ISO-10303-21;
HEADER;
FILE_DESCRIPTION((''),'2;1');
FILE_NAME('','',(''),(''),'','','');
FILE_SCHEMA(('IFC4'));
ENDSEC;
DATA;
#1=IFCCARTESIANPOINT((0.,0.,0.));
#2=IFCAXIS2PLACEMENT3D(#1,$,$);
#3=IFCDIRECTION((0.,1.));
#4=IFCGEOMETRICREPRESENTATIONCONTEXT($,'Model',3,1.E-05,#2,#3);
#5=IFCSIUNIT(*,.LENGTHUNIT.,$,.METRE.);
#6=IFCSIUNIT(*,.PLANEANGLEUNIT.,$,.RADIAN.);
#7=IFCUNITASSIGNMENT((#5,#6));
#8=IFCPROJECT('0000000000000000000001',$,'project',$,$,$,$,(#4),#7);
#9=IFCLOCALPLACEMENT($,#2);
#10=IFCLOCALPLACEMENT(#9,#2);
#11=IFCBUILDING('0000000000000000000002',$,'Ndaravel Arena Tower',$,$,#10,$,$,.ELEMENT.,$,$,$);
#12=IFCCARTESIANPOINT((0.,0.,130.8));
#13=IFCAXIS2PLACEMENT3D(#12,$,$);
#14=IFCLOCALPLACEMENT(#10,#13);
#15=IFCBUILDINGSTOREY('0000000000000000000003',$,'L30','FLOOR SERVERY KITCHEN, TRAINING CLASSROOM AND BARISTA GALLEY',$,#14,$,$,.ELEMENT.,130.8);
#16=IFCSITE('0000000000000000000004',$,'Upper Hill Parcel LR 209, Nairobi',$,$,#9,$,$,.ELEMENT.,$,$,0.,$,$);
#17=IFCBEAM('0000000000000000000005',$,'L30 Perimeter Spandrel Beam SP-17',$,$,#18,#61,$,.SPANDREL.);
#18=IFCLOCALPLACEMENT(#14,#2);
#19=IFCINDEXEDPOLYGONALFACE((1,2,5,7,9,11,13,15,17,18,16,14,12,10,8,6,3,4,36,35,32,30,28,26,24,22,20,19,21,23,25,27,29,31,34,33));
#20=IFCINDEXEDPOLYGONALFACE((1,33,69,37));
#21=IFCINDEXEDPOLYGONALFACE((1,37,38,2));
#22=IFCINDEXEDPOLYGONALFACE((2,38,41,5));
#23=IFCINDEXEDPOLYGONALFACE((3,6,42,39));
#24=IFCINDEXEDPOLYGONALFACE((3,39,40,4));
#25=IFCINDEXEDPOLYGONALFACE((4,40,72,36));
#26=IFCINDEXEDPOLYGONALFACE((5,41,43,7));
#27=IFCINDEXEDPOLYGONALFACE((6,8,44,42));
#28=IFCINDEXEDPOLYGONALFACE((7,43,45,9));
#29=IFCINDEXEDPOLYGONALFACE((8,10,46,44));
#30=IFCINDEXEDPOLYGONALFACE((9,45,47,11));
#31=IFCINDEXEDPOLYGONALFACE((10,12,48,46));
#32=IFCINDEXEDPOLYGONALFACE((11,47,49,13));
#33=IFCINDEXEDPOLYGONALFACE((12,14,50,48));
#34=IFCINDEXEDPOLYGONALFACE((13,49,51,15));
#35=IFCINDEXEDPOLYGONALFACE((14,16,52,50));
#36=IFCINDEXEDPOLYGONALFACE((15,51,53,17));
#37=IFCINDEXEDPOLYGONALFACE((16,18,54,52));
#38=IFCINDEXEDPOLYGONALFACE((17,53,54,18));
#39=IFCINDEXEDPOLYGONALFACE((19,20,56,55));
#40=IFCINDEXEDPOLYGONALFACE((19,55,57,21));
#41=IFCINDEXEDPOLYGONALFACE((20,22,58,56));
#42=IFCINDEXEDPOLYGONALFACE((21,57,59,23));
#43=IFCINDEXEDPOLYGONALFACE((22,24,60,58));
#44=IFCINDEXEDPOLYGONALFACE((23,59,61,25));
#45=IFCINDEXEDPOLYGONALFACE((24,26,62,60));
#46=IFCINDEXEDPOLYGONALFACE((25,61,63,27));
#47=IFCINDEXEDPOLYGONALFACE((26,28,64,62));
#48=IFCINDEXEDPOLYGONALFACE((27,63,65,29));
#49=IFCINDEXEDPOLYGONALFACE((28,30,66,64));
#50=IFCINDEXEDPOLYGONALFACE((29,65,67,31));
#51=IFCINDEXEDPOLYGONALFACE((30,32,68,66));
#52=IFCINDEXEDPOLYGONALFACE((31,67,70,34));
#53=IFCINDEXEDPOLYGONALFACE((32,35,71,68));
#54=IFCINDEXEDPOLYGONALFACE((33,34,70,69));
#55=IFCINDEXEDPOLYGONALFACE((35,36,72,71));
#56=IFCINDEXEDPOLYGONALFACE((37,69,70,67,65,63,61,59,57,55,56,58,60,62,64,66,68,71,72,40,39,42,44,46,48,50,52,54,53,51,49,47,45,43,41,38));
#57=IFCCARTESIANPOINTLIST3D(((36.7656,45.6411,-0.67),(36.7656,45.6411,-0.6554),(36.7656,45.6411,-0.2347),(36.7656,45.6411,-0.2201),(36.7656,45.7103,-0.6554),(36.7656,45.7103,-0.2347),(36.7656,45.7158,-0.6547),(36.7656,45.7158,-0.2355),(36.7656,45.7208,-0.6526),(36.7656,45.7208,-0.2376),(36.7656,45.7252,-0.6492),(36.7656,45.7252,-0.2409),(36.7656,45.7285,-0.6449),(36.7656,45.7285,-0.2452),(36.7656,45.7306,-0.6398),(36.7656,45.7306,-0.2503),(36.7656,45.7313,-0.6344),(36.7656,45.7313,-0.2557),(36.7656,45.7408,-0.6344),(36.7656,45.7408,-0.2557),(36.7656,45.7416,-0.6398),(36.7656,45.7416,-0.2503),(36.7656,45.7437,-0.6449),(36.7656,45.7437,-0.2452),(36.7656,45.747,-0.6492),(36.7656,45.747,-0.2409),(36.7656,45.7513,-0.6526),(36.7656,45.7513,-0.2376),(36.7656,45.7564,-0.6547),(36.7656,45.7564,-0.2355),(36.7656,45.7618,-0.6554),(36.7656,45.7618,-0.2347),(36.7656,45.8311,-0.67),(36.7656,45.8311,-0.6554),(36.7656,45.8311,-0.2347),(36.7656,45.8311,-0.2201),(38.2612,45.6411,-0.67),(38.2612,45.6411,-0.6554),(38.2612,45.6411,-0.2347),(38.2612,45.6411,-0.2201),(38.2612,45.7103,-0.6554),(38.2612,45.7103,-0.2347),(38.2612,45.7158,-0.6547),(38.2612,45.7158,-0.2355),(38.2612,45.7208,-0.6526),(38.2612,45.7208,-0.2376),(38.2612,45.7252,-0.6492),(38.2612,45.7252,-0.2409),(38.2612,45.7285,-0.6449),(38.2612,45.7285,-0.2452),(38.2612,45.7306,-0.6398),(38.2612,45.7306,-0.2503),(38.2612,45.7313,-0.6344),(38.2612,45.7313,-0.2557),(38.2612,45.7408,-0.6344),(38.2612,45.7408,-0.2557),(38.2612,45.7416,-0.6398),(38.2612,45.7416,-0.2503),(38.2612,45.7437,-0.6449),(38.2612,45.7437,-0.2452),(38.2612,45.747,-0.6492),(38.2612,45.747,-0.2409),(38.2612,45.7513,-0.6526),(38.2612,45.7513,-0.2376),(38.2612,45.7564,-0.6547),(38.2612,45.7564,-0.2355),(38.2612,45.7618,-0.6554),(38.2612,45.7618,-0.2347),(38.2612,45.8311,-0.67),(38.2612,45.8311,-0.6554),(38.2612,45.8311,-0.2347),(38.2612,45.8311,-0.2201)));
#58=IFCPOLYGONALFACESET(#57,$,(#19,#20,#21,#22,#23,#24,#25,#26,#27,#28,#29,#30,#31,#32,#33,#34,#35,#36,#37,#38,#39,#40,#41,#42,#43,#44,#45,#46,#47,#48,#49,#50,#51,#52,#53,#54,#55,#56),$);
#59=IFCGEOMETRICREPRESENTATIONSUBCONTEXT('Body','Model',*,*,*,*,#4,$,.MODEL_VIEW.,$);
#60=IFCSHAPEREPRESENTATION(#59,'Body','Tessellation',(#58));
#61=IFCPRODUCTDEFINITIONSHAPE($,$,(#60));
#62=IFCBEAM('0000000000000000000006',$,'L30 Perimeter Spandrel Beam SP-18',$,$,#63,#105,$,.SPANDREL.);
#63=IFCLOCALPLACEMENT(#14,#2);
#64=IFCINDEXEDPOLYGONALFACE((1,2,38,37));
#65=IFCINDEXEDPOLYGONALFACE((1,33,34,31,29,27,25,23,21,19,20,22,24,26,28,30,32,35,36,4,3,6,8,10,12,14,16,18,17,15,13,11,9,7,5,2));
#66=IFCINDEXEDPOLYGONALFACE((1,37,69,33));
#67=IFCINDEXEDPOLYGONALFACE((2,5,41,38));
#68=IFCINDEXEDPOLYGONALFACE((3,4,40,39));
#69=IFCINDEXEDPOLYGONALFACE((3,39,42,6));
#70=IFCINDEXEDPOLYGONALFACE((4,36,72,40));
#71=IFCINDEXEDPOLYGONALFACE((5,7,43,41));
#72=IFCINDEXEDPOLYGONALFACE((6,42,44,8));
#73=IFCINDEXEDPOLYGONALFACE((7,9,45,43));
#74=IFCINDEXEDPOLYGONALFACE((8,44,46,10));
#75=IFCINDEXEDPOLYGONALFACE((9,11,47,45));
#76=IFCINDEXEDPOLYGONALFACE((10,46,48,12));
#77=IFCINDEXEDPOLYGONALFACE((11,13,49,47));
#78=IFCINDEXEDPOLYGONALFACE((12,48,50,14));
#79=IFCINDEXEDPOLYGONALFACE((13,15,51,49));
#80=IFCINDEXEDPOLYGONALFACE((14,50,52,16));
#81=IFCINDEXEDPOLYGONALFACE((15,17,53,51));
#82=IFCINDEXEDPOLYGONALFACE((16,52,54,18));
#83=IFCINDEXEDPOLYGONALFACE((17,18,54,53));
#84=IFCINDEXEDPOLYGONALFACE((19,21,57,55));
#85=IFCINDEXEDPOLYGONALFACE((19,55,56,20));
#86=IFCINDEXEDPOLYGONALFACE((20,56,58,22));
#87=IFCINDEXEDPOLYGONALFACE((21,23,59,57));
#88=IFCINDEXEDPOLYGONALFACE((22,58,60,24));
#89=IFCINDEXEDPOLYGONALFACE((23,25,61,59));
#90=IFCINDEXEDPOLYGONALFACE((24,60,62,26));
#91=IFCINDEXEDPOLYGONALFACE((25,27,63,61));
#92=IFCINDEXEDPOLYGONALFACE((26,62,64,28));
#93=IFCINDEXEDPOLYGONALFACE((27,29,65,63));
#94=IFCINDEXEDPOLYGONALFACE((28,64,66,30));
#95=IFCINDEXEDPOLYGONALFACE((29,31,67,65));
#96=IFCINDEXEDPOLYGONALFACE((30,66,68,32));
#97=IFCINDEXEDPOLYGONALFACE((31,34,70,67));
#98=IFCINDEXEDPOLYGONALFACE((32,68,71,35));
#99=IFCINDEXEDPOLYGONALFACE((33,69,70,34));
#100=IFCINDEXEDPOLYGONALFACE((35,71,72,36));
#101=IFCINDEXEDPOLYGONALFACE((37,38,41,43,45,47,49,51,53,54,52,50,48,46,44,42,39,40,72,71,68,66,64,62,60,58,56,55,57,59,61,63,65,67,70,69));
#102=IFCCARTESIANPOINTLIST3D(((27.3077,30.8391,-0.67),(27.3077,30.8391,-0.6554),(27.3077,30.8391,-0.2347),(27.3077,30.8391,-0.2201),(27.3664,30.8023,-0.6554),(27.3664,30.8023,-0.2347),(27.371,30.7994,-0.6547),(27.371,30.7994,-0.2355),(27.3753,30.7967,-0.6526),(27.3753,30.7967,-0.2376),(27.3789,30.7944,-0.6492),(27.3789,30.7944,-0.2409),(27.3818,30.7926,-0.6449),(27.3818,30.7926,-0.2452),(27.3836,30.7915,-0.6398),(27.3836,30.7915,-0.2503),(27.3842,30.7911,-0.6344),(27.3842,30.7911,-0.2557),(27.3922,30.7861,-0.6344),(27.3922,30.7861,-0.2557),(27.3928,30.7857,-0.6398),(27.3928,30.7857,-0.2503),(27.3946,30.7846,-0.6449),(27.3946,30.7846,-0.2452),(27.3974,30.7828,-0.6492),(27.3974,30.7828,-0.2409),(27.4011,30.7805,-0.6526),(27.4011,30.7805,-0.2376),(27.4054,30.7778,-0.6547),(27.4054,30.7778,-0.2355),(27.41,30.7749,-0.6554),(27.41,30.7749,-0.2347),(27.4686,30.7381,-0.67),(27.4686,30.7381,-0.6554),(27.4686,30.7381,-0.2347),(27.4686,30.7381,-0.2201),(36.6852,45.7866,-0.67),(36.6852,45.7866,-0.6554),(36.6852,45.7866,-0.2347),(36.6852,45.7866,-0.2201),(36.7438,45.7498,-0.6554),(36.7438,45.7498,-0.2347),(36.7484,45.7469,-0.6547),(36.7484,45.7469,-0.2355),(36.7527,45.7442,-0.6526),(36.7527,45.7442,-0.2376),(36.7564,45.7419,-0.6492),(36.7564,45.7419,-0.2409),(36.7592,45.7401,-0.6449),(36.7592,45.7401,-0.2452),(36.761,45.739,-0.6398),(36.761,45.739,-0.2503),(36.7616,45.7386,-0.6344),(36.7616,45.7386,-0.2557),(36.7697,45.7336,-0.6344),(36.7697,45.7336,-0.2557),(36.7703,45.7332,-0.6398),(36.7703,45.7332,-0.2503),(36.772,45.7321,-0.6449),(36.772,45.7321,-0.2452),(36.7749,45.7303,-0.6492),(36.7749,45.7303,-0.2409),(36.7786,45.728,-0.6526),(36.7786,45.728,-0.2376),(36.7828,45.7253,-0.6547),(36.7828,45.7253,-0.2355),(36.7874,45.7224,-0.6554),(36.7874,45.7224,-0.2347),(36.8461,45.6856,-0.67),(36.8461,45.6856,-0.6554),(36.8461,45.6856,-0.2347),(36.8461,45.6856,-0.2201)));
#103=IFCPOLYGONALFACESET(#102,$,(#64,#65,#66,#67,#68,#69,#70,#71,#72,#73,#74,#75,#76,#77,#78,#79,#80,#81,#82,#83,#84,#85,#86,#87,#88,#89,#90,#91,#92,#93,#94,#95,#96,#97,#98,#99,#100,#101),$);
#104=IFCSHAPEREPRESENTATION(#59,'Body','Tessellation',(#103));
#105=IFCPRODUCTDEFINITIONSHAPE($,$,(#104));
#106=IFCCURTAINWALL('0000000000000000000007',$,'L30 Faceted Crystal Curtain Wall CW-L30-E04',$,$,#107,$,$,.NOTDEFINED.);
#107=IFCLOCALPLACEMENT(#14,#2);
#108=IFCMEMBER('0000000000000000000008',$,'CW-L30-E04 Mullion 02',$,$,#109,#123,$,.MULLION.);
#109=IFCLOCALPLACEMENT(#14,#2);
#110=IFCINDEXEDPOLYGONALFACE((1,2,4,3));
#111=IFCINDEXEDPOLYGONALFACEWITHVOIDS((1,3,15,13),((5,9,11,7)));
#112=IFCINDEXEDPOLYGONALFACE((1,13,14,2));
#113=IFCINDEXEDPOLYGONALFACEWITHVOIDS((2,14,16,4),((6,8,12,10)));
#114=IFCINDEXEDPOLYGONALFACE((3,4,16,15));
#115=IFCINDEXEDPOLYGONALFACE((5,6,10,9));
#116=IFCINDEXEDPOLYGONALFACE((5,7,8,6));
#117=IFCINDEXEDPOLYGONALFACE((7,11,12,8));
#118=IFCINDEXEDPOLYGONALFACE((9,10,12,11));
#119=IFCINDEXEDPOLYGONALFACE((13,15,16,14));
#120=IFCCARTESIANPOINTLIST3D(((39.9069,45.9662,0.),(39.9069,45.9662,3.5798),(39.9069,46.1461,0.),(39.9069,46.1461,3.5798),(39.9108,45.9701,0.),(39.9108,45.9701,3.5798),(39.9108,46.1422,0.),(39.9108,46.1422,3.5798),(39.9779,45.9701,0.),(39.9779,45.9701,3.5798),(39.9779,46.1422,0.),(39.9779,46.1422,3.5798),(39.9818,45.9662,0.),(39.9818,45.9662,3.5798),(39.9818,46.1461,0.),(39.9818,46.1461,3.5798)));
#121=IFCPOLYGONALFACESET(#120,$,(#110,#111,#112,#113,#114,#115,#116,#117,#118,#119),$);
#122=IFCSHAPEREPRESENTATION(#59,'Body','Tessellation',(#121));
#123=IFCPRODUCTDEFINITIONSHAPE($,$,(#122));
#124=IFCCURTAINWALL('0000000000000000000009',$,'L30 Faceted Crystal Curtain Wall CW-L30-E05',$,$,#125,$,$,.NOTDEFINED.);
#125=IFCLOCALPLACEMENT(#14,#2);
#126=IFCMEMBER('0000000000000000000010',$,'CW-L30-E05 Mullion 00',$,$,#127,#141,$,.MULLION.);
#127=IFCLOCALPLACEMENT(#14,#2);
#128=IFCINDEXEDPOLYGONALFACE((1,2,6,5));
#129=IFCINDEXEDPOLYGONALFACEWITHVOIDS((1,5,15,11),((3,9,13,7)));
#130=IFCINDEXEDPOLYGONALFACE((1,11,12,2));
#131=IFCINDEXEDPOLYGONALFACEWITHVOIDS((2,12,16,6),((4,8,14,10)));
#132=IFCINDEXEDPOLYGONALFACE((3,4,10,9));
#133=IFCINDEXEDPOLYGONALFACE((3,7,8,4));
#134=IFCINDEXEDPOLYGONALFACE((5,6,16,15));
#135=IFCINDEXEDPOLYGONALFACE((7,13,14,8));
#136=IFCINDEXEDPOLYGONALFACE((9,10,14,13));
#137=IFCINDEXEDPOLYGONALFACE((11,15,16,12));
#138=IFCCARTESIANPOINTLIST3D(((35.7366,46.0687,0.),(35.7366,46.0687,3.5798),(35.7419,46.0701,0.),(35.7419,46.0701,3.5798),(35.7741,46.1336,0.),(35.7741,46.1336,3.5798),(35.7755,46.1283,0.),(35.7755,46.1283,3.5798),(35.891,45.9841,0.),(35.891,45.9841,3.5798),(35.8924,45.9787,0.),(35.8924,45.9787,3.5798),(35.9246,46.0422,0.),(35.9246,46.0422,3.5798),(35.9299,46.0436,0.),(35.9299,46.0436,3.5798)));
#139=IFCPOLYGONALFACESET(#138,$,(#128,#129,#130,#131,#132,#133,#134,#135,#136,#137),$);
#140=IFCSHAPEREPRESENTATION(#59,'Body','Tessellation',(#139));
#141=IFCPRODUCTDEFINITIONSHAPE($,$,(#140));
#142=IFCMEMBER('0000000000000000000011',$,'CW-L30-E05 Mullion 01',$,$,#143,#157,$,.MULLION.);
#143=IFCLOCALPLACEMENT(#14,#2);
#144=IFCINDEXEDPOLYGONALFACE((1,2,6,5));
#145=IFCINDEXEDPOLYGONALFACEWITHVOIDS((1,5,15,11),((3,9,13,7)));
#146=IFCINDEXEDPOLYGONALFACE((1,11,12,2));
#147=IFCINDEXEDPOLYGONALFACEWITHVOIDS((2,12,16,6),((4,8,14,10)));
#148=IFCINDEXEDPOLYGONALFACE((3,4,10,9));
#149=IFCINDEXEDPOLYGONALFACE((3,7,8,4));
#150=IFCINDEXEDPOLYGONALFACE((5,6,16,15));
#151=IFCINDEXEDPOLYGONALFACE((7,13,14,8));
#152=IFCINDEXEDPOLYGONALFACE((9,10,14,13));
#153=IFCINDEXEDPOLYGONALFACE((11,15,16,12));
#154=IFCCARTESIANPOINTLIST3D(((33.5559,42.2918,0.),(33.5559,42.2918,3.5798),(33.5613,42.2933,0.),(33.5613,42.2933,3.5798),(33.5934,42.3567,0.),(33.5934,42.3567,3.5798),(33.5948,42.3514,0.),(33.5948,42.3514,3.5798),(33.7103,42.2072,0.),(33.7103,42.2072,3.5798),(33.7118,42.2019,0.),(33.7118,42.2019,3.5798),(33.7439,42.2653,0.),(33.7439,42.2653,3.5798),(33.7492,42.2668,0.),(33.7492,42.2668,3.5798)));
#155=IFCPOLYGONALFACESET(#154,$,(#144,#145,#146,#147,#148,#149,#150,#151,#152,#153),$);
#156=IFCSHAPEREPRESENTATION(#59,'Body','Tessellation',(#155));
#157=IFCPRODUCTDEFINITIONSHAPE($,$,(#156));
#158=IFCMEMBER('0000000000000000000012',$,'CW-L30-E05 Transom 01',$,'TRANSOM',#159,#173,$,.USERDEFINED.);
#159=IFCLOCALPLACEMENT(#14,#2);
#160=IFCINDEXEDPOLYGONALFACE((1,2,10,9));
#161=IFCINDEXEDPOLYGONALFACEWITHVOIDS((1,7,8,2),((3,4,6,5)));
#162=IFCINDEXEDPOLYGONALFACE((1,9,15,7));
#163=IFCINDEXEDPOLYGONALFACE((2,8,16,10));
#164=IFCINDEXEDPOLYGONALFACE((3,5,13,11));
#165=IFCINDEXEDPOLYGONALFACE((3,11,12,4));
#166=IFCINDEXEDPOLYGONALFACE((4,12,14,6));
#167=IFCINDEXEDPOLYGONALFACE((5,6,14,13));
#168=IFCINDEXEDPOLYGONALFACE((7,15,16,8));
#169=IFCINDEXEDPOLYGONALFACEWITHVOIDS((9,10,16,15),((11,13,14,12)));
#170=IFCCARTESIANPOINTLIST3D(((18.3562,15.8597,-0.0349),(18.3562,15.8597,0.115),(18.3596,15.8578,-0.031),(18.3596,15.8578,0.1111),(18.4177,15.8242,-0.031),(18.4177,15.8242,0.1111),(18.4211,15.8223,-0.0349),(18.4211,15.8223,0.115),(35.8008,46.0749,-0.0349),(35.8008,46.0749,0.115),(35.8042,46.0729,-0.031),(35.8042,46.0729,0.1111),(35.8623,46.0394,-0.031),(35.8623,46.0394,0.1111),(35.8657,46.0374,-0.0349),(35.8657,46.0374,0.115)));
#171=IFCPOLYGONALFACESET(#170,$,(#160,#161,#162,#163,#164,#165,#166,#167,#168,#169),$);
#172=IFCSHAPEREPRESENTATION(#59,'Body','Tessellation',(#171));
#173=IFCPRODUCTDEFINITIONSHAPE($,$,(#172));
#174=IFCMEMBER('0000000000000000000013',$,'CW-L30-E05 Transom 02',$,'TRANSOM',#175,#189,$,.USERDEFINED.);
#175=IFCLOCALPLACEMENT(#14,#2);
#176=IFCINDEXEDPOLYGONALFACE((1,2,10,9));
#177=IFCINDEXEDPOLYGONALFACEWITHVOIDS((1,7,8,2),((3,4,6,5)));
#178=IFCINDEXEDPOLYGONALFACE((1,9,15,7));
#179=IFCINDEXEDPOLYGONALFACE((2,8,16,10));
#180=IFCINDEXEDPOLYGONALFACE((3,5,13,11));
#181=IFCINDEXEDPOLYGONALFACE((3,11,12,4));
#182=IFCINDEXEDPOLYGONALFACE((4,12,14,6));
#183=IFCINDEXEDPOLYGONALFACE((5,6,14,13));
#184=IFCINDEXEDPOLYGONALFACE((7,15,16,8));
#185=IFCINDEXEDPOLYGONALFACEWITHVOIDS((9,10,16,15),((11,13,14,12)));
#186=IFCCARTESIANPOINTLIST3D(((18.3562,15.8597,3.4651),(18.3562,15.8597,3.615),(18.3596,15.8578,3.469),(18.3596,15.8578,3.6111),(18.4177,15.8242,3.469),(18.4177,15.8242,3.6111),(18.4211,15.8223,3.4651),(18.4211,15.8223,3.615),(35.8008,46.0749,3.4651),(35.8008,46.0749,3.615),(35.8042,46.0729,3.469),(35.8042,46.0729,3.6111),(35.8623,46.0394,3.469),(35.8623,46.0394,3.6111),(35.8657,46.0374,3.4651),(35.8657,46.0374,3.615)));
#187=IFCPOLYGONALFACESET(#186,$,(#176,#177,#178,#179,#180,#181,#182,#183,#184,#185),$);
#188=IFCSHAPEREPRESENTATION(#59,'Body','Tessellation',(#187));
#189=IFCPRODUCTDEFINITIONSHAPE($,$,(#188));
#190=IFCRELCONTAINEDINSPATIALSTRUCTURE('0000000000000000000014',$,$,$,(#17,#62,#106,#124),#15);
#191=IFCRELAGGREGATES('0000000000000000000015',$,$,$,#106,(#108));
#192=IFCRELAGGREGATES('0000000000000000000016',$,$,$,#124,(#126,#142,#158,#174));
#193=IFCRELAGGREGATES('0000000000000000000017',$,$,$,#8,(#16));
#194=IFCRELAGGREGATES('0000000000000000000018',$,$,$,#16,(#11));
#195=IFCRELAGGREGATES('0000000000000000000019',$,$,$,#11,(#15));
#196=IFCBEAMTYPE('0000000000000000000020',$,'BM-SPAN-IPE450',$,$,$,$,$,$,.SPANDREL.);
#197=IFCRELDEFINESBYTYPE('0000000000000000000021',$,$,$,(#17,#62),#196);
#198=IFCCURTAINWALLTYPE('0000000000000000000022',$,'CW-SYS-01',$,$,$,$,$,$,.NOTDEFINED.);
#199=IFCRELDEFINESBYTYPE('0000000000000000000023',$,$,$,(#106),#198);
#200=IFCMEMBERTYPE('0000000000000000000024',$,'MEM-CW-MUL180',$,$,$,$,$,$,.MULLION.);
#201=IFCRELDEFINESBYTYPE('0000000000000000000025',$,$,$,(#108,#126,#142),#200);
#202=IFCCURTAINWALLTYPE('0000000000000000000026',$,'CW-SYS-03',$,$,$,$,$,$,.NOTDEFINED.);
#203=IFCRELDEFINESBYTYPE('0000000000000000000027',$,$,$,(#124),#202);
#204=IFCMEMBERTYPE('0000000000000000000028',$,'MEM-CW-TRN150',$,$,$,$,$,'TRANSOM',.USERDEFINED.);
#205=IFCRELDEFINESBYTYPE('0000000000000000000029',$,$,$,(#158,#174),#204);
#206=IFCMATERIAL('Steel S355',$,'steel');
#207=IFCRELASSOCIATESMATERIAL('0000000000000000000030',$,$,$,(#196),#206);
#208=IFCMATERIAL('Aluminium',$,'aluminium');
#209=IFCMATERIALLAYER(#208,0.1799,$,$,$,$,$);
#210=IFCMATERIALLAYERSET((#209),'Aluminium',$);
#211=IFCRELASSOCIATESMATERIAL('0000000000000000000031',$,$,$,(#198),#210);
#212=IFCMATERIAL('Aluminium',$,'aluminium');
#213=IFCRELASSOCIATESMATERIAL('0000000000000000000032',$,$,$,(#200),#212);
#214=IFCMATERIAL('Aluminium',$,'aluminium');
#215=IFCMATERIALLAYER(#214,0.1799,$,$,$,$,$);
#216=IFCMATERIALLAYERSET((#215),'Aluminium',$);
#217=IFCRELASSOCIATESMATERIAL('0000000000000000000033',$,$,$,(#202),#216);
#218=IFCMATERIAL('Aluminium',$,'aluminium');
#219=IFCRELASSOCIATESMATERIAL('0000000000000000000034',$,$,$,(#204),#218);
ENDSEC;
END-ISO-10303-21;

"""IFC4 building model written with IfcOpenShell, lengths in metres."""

from ifc_helpers import new_model, si_unit, direction, frame, origin, origin_2d, place, context, subcontext, project, spatial, hollow_rectangle, i_section, extrude, material, layer, layer_set, material_profile, profile_set, type_object, element, aggregate, save


model = new_model("IFC4")

# Units and contexts
model_context = context("Model", 3, precision=1e-05, world=origin(), true_north=direction((0.0, 1.0)))
body_context = subcontext(model_context, "Body", "Model", "MODEL_VIEW")
ifc_project = project(units=[si_unit("LENGTHUNIT", "METRE"), si_unit("PLANEANGLEUNIT", "RADIAN")], contexts=[model_context])

# Site, building, storey
site_placement = place(None, origin())
site = spatial("IfcSite", under=ifc_project, at=site_placement, Name="Upper Hill Parcel LR 209, Nairobi", CompositionType="ELEMENT", RefElevation=0.0)
building_placement = place(site_placement, origin())
building = spatial("IfcBuilding", under=site, at=building_placement, Name="Ndaravel Arena Tower", CompositionType="ELEMENT")
storey_placement = place(building_placement, frame((0.0, 0.0, 130.8)))
storey = spatial("IfcBuildingStorey", under=building, at=storey_placement, Name="L30", Description="FLOOR SERVERY KITCHEN, TRAINING CLASSROOM AND BARISTA GALLEY", CompositionType="ELEMENT", Elevation=130.8)

# Beams
ifc_material_1 = material(Name="Steel S355", Category="steel")
ifc_material_profile_1 = material_profile(ifc_material_1, i_section(OverallWidth=0.1899, OverallDepth=0.45, WebThickness=0.0095, FlangeThickness=0.0146, FilletRadius=0.021, at=origin_2d()), Name="IPE 450")
ifc_profile_set_1 = profile_set([ifc_material_profile_1], Name="Steel S355")
beam_type_1 = type_object("IfcBeamType", Name="BM-SPAN-IPE450", PredefinedType="SPANDREL", material=ifc_profile_set_1)
beam_1_placement = place(storey_placement, frame((38.2612, 45.7361, -0.4451), z_axis=(-1.0, 0.0, 0.0), x_axis=(0.0, -1.0, 0.0)))
element("IfcBeam", 1, at=beam_1_placement, inside=storey, type_object=beam_type_1, Name="L30 Perimeter Spandrel Beam SP-17", PredefinedType="SPANDREL", context=body_context, shape_type="SweptSolid", body=[
    extrude(i_section(OverallWidth=0.1899, OverallDepth=0.45, WebThickness=0.0095, FlangeThickness=0.0146, FilletRadius=0.021, at=origin_2d()), origin(), (0.0, 0.0, 1.0), 1.4956),
])
beam_2_placement = place(storey_placement, frame((36.7656, 45.7361, -0.4451), z_axis=(-0.531435, -0.847099, 0.0), x_axis=(0.847099, -0.531435, 0.0)))
element("IfcBeam", 2, at=beam_2_placement, inside=storey, type_object=beam_type_1, Name="L30 Perimeter Spandrel Beam SP-18", PredefinedType="SPANDREL", context=body_context, shape_type="SweptSolid", body=[
    extrude(i_section(OverallWidth=0.1899, OverallDepth=0.45, WebThickness=0.0095, FlangeThickness=0.0146, FilletRadius=0.021, at=origin_2d()), origin(), (0.0, 0.0, 1.0), 17.6455),
])

# Curtain wall, member
ifc_material_2 = material(Name="Aluminium", Category="aluminium")
ifc_layer_1 = layer(ifc_material_2, 0.1799)
ifc_layer_set_1 = layer_set([ifc_layer_1], Name="Aluminium")
curtain_wall_type_1 = type_object("IfcCurtainWallType", Name="CW-SYS-01", PredefinedType="NOTDEFINED", material=ifc_layer_set_1)
curtain_wall_1_placement = place(storey_placement, origin())
curtain_wall_1 = element("IfcCurtainWall", 3, at=curtain_wall_1_placement, inside=storey, type_object=curtain_wall_type_1, Name="L30 Faceted Crystal Curtain Wall CW-L30-E04", PredefinedType="NOTDEFINED")
ifc_material_3 = material(Name="Aluminium", Category="aluminium")
ifc_material_profile_2 = material_profile(ifc_material_3, hollow_rectangle(XDim=0.075, YDim=0.1799, WallThickness=0.0039, at=origin_2d()), Name="CW MULLION 75x180x4")
ifc_profile_set_2 = profile_set([ifc_material_profile_2], Name="Aluminium")
member_type_1 = type_object("IfcMemberType", Name="MEM-CW-MUL180", PredefinedType="MULLION", material=ifc_profile_set_2)
member_1_placement = place(storey_placement, frame((39.9443, 46.0562, 0.0), z_axis=(0.0, 0.0, 1.0), x_axis=(-1.0, 0.0, 0.0)))
member_1 = element("IfcMember", 4, at=member_1_placement, type_object=member_type_1, Name="CW-L30-E04 Mullion 02", PredefinedType="MULLION", context=body_context, shape_type="SweptSolid", body=[
    extrude(hollow_rectangle(XDim=0.075, YDim=0.1799, WallThickness=0.0039, at=origin_2d()), origin(), (0.0, 0.0, 1.0), 3.5798),
])

# Curtain wall, members
ifc_material_4 = material(Name="Aluminium", Category="aluminium")
ifc_layer_2 = layer(ifc_material_4, 0.1799)
ifc_layer_set_2 = layer_set([ifc_layer_2], Name="Aluminium")
curtain_wall_type_2 = type_object("IfcCurtainWallType", Name="CW-SYS-03", PredefinedType="NOTDEFINED", material=ifc_layer_set_2)
curtain_wall_2_placement = place(storey_placement, origin())
curtain_wall_2 = element("IfcCurtainWall", 5, at=curtain_wall_2_placement, inside=storey, type_object=curtain_wall_type_2, Name="L30 Faceted Crystal Curtain Wall CW-L30-E05", PredefinedType="NOTDEFINED")
member_2_placement = place(storey_placement, frame((35.8333, 46.0562, 0.0), z_axis=(0.0, 0.0, 1.0), x_axis=(-0.5, -0.866025, 0.0)))
member_2 = element("IfcMember", 6, at=member_2_placement, type_object=member_type_1, Name="CW-L30-E05 Mullion 00", PredefinedType="MULLION", context=body_context, shape_type="SweptSolid", body=[
    extrude(hollow_rectangle(XDim=0.075, YDim=0.1799, WallThickness=0.0039, at=origin_2d()), origin(), (0.0, 0.0, 1.0), 3.5798),
])
member_3_placement = place(storey_placement, frame((33.6526, 42.2793, 0.0), z_axis=(0.0, 0.0, 1.0), x_axis=(-0.5, -0.866025, 0.0)))
member_3 = element("IfcMember", 7, at=member_3_placement, type_object=member_type_1, Name="CW-L30-E05 Mullion 01", PredefinedType="MULLION", context=body_context, shape_type="SweptSolid", body=[
    extrude(hollow_rectangle(XDim=0.075, YDim=0.1799, WallThickness=0.0039, at=origin_2d()), origin(), (0.0, 0.0, 1.0), 3.5798),
])
ifc_material_5 = material(Name="Aluminium", Category="aluminium")
ifc_material_profile_3 = material_profile(ifc_material_5, hollow_rectangle(XDim=0.075, YDim=0.1499, WallThickness=0.0039, at=origin_2d()), Name="CW TRANSOM 75x150x4")
ifc_profile_set_3 = profile_set([ifc_material_profile_3], Name="Aluminium")
member_type_2 = type_object("IfcMemberType", Name="MEM-CW-TRN150", ElementType="TRANSOM", PredefinedType="USERDEFINED", material=ifc_profile_set_3)
member_4_placement = place(storey_placement, frame((35.8333, 46.0562, 0.04), z_axis=(-0.499998, -0.866027, 0.0), x_axis=(0.866027, -0.499998, 0.0)))
member_4 = element("IfcMember", 8, at=member_4_placement, type_object=member_type_2, Name="CW-L30-E05 Transom 01", ObjectType="TRANSOM", PredefinedType="USERDEFINED", context=body_context, shape_type="SweptSolid", body=[
    extrude(hollow_rectangle(XDim=0.075, YDim=0.1499, WallThickness=0.0039, at=origin_2d()), origin(), (0.0, 0.0, 1.0), 34.8894),
])
member_5_placement = place(storey_placement, frame((35.8333, 46.0562, 3.54), z_axis=(-0.499998, -0.866027, 0.0), x_axis=(0.866027, -0.499998, 0.0)))
member_5 = element("IfcMember", 9, at=member_5_placement, type_object=member_type_2, Name="CW-L30-E05 Transom 02", ObjectType="TRANSOM", PredefinedType="USERDEFINED", context=body_context, shape_type="SweptSolid", body=[
    extrude(hollow_rectangle(XDim=0.075, YDim=0.1499, WallThickness=0.0039, at=origin_2d()), origin(), (0.0, 0.0, 1.0), 34.8894),
])

aggregate(curtain_wall_1, [member_1])
aggregate(curtain_wall_2, [member_2, member_3, member_4, member_5])

save(model, "model.ifc")
